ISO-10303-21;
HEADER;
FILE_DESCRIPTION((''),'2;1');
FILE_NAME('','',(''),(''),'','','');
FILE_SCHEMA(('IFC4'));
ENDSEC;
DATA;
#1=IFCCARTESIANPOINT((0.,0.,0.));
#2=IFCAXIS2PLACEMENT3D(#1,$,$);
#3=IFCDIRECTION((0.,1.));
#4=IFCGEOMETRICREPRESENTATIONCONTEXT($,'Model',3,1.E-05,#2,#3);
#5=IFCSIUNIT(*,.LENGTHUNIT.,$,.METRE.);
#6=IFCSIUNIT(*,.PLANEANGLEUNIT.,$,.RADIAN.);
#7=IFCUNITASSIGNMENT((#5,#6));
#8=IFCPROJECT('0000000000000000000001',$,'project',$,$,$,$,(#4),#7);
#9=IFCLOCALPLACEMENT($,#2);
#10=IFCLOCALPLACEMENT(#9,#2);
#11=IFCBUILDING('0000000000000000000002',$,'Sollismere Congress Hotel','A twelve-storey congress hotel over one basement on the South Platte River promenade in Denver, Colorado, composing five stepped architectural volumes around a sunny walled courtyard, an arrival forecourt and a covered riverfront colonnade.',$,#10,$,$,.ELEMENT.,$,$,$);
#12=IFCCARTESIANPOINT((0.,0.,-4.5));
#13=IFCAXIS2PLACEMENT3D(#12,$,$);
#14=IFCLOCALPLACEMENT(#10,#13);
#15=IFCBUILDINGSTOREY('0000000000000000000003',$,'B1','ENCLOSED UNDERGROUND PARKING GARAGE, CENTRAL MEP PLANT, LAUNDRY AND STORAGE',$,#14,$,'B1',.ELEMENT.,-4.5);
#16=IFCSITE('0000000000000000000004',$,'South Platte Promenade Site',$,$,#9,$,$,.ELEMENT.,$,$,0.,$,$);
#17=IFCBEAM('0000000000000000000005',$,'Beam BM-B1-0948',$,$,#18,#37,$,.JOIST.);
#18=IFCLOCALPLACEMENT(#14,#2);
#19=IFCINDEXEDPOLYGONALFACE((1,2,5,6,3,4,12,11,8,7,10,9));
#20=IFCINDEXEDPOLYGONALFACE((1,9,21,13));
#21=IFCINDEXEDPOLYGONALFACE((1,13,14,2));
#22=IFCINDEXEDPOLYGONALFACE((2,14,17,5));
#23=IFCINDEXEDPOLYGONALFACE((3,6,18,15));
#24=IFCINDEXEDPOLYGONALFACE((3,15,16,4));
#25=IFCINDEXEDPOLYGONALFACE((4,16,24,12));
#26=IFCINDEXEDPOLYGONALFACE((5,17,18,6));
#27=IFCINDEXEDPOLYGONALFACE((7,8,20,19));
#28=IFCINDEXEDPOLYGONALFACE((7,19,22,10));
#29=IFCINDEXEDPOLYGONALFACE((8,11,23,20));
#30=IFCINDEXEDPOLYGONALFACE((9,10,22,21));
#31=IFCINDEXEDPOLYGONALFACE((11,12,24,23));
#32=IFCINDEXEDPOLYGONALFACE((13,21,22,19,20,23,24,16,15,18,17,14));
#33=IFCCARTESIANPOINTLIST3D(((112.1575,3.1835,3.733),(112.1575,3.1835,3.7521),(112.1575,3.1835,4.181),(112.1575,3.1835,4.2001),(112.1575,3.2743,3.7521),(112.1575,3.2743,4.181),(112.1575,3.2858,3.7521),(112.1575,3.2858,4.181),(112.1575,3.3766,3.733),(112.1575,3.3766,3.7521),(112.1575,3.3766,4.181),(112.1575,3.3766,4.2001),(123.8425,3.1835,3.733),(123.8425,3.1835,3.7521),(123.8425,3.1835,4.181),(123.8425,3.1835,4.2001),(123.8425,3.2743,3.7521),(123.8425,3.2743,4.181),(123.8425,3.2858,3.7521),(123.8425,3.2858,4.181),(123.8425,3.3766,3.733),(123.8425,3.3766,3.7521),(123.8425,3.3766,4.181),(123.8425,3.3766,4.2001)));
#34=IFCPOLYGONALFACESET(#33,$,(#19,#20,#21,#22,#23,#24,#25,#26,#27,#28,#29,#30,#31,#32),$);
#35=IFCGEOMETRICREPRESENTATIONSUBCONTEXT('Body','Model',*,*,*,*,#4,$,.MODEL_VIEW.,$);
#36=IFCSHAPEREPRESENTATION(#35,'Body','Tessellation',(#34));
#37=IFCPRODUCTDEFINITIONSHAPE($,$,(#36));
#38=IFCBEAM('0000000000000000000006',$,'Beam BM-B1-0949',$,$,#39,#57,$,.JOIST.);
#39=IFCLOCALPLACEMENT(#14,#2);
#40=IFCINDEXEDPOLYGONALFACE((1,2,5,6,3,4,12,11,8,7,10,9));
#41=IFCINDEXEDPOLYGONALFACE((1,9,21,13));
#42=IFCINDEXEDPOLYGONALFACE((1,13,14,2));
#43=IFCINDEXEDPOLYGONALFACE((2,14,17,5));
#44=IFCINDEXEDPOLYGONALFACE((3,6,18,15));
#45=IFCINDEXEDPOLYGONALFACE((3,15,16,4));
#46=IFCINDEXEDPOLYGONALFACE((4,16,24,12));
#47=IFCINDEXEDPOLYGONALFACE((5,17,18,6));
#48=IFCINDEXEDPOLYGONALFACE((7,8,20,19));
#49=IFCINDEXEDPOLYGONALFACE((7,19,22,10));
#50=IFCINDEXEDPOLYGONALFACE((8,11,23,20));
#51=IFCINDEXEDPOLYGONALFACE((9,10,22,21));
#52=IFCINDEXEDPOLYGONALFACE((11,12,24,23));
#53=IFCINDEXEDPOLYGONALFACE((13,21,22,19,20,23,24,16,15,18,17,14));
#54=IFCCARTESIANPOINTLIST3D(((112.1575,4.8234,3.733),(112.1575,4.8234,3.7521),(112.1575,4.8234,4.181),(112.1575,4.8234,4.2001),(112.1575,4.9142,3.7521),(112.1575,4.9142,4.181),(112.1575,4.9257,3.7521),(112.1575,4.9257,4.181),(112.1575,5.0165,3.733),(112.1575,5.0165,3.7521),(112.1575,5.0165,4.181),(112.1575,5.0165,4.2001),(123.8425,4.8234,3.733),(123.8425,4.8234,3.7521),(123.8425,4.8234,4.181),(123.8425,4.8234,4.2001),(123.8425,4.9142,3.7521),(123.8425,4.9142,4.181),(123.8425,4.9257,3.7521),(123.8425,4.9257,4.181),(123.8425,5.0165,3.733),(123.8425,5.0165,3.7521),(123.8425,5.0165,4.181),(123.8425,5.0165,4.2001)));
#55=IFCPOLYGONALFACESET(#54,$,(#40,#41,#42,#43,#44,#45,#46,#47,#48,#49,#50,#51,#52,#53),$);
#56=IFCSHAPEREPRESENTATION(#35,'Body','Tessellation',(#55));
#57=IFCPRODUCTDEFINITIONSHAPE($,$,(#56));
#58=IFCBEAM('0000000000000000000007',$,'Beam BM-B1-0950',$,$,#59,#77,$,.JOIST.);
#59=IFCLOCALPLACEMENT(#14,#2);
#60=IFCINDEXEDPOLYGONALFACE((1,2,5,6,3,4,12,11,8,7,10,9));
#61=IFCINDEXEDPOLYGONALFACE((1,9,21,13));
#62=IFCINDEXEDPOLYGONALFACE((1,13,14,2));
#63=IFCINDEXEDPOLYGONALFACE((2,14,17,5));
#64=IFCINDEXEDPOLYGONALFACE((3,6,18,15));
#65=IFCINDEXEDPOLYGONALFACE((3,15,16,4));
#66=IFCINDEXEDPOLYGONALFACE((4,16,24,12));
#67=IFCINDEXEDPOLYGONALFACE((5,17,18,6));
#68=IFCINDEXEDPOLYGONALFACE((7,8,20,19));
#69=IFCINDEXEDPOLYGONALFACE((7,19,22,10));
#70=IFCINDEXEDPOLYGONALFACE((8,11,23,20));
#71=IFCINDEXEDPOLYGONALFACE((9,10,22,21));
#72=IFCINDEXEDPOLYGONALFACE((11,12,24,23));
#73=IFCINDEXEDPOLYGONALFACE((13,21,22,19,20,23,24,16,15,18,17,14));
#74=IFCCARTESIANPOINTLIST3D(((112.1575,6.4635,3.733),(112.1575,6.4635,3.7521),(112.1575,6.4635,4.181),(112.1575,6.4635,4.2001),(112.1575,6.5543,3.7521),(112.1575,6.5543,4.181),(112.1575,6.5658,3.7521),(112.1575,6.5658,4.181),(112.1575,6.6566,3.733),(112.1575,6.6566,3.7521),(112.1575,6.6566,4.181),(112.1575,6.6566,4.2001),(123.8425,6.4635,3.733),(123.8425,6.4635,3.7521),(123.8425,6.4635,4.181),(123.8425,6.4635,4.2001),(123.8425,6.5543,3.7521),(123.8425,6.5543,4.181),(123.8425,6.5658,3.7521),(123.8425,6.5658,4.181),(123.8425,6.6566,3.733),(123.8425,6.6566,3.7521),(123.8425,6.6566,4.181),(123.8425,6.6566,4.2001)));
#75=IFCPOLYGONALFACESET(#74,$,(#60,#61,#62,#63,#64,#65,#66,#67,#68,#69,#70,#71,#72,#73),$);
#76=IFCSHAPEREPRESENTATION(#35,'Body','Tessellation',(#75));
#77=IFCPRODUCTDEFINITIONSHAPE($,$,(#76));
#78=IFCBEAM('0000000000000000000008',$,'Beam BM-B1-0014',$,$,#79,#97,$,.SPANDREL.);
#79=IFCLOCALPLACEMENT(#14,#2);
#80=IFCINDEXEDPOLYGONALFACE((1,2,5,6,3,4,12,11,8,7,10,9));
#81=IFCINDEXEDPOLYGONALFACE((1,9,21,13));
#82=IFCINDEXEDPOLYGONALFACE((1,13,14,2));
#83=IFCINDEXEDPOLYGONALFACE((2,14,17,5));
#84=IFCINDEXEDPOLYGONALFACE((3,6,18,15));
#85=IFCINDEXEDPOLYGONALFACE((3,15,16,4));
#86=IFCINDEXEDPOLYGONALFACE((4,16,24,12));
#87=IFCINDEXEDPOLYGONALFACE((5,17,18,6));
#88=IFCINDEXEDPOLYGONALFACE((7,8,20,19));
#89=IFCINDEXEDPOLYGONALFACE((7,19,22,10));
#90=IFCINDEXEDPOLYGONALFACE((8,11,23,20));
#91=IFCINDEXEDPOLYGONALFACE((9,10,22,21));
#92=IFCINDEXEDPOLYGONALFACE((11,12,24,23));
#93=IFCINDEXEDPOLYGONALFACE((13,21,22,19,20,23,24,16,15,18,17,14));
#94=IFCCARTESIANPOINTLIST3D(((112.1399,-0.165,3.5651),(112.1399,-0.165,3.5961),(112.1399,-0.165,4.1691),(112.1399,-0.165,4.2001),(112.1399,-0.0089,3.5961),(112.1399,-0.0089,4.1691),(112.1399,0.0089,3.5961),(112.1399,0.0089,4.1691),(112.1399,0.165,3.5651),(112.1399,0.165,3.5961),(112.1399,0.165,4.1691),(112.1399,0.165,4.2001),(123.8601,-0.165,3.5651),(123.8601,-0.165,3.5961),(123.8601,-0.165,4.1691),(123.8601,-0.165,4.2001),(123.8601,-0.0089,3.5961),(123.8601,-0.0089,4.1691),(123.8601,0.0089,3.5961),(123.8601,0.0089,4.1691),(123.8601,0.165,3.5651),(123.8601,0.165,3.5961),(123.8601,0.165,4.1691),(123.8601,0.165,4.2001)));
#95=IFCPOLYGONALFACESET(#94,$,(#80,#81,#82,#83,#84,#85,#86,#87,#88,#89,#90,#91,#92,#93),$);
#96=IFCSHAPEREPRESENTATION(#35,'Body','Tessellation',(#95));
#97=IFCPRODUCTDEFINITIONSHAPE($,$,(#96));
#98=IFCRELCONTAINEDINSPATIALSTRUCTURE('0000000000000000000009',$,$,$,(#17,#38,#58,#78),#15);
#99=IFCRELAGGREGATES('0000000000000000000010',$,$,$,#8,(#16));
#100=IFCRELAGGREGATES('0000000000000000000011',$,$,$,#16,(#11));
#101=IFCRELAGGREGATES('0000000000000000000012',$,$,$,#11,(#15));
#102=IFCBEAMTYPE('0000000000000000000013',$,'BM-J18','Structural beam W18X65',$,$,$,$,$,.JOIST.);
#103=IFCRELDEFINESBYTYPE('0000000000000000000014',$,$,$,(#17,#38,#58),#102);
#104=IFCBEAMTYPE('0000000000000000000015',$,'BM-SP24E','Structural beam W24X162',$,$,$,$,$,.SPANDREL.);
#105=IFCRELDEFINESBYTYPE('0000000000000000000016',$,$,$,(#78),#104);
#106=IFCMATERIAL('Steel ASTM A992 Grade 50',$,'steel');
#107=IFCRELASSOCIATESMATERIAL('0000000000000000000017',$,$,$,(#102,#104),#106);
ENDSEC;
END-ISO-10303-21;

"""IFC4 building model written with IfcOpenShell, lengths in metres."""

from ifc_helpers import new_model, si_unit, direction, frame, origin, origin_2d, place, context, subcontext, project, spatial, i_section, extrude, material, material_profile, profile_set, type_object, element, save


model = new_model("IFC4")

# Units and contexts
model_context = context("Model", 3, precision=1e-05, world=origin(), true_north=direction((0.0, 1.0)))
body_context = subcontext(model_context, "Body", "Model", "MODEL_VIEW")
ifc_project = project(units=[si_unit("LENGTHUNIT", "METRE"), si_unit("PLANEANGLEUNIT", "RADIAN")], contexts=[model_context])

# Site, building, storey
site_placement = place(None, origin())
site = spatial("IfcSite", under=ifc_project, at=site_placement, Name="South Platte Promenade Site", CompositionType="ELEMENT", RefElevation=0.0)
building_placement = place(site_placement, origin())
building = spatial("IfcBuilding", under=site, at=building_placement, Name="Sollismere Congress Hotel", Description="A twelve-storey congress hotel over one basement on the South Platte River promenade in Denver, Colorado, composing five stepped architectural volumes around a sunny walled courtyard, an arrival forecourt and a covered riverfront colonnade.", CompositionType="ELEMENT")
storey_placement = place(building_placement, frame((0.0, 0.0, -4.5)))
storey = spatial("IfcBuildingStorey", under=building, at=storey_placement, Name="B1", Description="ENCLOSED UNDERGROUND PARKING GARAGE, CENTRAL MEP PLANT, LAUNDRY AND STORAGE", LongName="B1", CompositionType="ELEMENT", Elevation=-4.5)

# Beams
ifc_material_1 = material(Name="Steel ASTM A992 Grade 50", Category="steel")
ifc_material_profile_1 = material_profile(ifc_material_1, i_section(OverallWidth=0.1931, OverallDepth=0.467, WebThickness=0.0115, FlangeThickness=0.019, at=origin_2d()), Name="W18X65")
ifc_profile_set_1 = profile_set([ifc_material_profile_1], Name="Steel ASTM A992 Grade 50")
beam_type_1 = type_object("IfcBeamType", Name="BM-J18", Description="Structural beam W18X65", PredefinedType="JOIST", material=ifc_profile_set_1)
for number, where, z_axis, x_axis, name in (
    (1, (112.1575, 3.28, 3.9666), (1.0, 0.0, 0.0), (0.0, 1.0, 0.0), "Beam BM-B1-0948"),
    (2, (112.1575, 4.9199, 3.9666), (1.0, 0.0, 0.0), (0.0, 1.0, 0.0), "Beam BM-B1-0949"),
    (3, (112.1575, 6.5601, 3.9666), (1.0, 0.0, 0.0), (0.0, 1.0, 0.0), "Beam BM-B1-0950"),
):
    element("IfcBeam", number, at=place(storey_placement, frame(where, z_axis=z_axis, x_axis=x_axis)), inside=storey, type_object=beam_type_1, Name=name, PredefinedType="JOIST", context=body_context, shape_type="SweptSolid", body=[
        extrude(i_section(OverallWidth=0.1931, OverallDepth=0.467, WebThickness=0.0115, FlangeThickness=0.019, at=origin_2d()), origin(), (0.0, 0.0, 1.0), 11.6851),
    ])
ifc_material_profile_2 = material_profile(ifc_material_1, i_section(OverallWidth=0.3301, OverallDepth=0.635, WebThickness=0.0178, FlangeThickness=0.031, at=origin_2d()), Name="W24X162")
ifc_profile_set_2 = profile_set([ifc_material_profile_2], Name="Steel ASTM A992 Grade 50")
beam_type_2 = type_object("IfcBeamType", Name="BM-SP24E", Description="Structural beam W24X162", PredefinedType="SPANDREL", material=ifc_profile_set_2)
beam_1_placement = place(storey_placement, frame((112.1399, 0.0, 3.8826), z_axis=(1.0, 0.0, 0.0), x_axis=(0.0, 1.0, 0.0)))
element("IfcBeam", 4, at=beam_1_placement, inside=storey, type_object=beam_type_2, Name="Beam BM-B1-0014", PredefinedType="SPANDREL", context=body_context, shape_type="SweptSolid", body=[
    extrude(i_section(OverallWidth=0.3301, OverallDepth=0.635, WebThickness=0.0178, FlangeThickness=0.031, at=origin_2d()), origin(), (0.0, 0.0, 1.0), 11.7202),
])

save(model, "model.ifc")
